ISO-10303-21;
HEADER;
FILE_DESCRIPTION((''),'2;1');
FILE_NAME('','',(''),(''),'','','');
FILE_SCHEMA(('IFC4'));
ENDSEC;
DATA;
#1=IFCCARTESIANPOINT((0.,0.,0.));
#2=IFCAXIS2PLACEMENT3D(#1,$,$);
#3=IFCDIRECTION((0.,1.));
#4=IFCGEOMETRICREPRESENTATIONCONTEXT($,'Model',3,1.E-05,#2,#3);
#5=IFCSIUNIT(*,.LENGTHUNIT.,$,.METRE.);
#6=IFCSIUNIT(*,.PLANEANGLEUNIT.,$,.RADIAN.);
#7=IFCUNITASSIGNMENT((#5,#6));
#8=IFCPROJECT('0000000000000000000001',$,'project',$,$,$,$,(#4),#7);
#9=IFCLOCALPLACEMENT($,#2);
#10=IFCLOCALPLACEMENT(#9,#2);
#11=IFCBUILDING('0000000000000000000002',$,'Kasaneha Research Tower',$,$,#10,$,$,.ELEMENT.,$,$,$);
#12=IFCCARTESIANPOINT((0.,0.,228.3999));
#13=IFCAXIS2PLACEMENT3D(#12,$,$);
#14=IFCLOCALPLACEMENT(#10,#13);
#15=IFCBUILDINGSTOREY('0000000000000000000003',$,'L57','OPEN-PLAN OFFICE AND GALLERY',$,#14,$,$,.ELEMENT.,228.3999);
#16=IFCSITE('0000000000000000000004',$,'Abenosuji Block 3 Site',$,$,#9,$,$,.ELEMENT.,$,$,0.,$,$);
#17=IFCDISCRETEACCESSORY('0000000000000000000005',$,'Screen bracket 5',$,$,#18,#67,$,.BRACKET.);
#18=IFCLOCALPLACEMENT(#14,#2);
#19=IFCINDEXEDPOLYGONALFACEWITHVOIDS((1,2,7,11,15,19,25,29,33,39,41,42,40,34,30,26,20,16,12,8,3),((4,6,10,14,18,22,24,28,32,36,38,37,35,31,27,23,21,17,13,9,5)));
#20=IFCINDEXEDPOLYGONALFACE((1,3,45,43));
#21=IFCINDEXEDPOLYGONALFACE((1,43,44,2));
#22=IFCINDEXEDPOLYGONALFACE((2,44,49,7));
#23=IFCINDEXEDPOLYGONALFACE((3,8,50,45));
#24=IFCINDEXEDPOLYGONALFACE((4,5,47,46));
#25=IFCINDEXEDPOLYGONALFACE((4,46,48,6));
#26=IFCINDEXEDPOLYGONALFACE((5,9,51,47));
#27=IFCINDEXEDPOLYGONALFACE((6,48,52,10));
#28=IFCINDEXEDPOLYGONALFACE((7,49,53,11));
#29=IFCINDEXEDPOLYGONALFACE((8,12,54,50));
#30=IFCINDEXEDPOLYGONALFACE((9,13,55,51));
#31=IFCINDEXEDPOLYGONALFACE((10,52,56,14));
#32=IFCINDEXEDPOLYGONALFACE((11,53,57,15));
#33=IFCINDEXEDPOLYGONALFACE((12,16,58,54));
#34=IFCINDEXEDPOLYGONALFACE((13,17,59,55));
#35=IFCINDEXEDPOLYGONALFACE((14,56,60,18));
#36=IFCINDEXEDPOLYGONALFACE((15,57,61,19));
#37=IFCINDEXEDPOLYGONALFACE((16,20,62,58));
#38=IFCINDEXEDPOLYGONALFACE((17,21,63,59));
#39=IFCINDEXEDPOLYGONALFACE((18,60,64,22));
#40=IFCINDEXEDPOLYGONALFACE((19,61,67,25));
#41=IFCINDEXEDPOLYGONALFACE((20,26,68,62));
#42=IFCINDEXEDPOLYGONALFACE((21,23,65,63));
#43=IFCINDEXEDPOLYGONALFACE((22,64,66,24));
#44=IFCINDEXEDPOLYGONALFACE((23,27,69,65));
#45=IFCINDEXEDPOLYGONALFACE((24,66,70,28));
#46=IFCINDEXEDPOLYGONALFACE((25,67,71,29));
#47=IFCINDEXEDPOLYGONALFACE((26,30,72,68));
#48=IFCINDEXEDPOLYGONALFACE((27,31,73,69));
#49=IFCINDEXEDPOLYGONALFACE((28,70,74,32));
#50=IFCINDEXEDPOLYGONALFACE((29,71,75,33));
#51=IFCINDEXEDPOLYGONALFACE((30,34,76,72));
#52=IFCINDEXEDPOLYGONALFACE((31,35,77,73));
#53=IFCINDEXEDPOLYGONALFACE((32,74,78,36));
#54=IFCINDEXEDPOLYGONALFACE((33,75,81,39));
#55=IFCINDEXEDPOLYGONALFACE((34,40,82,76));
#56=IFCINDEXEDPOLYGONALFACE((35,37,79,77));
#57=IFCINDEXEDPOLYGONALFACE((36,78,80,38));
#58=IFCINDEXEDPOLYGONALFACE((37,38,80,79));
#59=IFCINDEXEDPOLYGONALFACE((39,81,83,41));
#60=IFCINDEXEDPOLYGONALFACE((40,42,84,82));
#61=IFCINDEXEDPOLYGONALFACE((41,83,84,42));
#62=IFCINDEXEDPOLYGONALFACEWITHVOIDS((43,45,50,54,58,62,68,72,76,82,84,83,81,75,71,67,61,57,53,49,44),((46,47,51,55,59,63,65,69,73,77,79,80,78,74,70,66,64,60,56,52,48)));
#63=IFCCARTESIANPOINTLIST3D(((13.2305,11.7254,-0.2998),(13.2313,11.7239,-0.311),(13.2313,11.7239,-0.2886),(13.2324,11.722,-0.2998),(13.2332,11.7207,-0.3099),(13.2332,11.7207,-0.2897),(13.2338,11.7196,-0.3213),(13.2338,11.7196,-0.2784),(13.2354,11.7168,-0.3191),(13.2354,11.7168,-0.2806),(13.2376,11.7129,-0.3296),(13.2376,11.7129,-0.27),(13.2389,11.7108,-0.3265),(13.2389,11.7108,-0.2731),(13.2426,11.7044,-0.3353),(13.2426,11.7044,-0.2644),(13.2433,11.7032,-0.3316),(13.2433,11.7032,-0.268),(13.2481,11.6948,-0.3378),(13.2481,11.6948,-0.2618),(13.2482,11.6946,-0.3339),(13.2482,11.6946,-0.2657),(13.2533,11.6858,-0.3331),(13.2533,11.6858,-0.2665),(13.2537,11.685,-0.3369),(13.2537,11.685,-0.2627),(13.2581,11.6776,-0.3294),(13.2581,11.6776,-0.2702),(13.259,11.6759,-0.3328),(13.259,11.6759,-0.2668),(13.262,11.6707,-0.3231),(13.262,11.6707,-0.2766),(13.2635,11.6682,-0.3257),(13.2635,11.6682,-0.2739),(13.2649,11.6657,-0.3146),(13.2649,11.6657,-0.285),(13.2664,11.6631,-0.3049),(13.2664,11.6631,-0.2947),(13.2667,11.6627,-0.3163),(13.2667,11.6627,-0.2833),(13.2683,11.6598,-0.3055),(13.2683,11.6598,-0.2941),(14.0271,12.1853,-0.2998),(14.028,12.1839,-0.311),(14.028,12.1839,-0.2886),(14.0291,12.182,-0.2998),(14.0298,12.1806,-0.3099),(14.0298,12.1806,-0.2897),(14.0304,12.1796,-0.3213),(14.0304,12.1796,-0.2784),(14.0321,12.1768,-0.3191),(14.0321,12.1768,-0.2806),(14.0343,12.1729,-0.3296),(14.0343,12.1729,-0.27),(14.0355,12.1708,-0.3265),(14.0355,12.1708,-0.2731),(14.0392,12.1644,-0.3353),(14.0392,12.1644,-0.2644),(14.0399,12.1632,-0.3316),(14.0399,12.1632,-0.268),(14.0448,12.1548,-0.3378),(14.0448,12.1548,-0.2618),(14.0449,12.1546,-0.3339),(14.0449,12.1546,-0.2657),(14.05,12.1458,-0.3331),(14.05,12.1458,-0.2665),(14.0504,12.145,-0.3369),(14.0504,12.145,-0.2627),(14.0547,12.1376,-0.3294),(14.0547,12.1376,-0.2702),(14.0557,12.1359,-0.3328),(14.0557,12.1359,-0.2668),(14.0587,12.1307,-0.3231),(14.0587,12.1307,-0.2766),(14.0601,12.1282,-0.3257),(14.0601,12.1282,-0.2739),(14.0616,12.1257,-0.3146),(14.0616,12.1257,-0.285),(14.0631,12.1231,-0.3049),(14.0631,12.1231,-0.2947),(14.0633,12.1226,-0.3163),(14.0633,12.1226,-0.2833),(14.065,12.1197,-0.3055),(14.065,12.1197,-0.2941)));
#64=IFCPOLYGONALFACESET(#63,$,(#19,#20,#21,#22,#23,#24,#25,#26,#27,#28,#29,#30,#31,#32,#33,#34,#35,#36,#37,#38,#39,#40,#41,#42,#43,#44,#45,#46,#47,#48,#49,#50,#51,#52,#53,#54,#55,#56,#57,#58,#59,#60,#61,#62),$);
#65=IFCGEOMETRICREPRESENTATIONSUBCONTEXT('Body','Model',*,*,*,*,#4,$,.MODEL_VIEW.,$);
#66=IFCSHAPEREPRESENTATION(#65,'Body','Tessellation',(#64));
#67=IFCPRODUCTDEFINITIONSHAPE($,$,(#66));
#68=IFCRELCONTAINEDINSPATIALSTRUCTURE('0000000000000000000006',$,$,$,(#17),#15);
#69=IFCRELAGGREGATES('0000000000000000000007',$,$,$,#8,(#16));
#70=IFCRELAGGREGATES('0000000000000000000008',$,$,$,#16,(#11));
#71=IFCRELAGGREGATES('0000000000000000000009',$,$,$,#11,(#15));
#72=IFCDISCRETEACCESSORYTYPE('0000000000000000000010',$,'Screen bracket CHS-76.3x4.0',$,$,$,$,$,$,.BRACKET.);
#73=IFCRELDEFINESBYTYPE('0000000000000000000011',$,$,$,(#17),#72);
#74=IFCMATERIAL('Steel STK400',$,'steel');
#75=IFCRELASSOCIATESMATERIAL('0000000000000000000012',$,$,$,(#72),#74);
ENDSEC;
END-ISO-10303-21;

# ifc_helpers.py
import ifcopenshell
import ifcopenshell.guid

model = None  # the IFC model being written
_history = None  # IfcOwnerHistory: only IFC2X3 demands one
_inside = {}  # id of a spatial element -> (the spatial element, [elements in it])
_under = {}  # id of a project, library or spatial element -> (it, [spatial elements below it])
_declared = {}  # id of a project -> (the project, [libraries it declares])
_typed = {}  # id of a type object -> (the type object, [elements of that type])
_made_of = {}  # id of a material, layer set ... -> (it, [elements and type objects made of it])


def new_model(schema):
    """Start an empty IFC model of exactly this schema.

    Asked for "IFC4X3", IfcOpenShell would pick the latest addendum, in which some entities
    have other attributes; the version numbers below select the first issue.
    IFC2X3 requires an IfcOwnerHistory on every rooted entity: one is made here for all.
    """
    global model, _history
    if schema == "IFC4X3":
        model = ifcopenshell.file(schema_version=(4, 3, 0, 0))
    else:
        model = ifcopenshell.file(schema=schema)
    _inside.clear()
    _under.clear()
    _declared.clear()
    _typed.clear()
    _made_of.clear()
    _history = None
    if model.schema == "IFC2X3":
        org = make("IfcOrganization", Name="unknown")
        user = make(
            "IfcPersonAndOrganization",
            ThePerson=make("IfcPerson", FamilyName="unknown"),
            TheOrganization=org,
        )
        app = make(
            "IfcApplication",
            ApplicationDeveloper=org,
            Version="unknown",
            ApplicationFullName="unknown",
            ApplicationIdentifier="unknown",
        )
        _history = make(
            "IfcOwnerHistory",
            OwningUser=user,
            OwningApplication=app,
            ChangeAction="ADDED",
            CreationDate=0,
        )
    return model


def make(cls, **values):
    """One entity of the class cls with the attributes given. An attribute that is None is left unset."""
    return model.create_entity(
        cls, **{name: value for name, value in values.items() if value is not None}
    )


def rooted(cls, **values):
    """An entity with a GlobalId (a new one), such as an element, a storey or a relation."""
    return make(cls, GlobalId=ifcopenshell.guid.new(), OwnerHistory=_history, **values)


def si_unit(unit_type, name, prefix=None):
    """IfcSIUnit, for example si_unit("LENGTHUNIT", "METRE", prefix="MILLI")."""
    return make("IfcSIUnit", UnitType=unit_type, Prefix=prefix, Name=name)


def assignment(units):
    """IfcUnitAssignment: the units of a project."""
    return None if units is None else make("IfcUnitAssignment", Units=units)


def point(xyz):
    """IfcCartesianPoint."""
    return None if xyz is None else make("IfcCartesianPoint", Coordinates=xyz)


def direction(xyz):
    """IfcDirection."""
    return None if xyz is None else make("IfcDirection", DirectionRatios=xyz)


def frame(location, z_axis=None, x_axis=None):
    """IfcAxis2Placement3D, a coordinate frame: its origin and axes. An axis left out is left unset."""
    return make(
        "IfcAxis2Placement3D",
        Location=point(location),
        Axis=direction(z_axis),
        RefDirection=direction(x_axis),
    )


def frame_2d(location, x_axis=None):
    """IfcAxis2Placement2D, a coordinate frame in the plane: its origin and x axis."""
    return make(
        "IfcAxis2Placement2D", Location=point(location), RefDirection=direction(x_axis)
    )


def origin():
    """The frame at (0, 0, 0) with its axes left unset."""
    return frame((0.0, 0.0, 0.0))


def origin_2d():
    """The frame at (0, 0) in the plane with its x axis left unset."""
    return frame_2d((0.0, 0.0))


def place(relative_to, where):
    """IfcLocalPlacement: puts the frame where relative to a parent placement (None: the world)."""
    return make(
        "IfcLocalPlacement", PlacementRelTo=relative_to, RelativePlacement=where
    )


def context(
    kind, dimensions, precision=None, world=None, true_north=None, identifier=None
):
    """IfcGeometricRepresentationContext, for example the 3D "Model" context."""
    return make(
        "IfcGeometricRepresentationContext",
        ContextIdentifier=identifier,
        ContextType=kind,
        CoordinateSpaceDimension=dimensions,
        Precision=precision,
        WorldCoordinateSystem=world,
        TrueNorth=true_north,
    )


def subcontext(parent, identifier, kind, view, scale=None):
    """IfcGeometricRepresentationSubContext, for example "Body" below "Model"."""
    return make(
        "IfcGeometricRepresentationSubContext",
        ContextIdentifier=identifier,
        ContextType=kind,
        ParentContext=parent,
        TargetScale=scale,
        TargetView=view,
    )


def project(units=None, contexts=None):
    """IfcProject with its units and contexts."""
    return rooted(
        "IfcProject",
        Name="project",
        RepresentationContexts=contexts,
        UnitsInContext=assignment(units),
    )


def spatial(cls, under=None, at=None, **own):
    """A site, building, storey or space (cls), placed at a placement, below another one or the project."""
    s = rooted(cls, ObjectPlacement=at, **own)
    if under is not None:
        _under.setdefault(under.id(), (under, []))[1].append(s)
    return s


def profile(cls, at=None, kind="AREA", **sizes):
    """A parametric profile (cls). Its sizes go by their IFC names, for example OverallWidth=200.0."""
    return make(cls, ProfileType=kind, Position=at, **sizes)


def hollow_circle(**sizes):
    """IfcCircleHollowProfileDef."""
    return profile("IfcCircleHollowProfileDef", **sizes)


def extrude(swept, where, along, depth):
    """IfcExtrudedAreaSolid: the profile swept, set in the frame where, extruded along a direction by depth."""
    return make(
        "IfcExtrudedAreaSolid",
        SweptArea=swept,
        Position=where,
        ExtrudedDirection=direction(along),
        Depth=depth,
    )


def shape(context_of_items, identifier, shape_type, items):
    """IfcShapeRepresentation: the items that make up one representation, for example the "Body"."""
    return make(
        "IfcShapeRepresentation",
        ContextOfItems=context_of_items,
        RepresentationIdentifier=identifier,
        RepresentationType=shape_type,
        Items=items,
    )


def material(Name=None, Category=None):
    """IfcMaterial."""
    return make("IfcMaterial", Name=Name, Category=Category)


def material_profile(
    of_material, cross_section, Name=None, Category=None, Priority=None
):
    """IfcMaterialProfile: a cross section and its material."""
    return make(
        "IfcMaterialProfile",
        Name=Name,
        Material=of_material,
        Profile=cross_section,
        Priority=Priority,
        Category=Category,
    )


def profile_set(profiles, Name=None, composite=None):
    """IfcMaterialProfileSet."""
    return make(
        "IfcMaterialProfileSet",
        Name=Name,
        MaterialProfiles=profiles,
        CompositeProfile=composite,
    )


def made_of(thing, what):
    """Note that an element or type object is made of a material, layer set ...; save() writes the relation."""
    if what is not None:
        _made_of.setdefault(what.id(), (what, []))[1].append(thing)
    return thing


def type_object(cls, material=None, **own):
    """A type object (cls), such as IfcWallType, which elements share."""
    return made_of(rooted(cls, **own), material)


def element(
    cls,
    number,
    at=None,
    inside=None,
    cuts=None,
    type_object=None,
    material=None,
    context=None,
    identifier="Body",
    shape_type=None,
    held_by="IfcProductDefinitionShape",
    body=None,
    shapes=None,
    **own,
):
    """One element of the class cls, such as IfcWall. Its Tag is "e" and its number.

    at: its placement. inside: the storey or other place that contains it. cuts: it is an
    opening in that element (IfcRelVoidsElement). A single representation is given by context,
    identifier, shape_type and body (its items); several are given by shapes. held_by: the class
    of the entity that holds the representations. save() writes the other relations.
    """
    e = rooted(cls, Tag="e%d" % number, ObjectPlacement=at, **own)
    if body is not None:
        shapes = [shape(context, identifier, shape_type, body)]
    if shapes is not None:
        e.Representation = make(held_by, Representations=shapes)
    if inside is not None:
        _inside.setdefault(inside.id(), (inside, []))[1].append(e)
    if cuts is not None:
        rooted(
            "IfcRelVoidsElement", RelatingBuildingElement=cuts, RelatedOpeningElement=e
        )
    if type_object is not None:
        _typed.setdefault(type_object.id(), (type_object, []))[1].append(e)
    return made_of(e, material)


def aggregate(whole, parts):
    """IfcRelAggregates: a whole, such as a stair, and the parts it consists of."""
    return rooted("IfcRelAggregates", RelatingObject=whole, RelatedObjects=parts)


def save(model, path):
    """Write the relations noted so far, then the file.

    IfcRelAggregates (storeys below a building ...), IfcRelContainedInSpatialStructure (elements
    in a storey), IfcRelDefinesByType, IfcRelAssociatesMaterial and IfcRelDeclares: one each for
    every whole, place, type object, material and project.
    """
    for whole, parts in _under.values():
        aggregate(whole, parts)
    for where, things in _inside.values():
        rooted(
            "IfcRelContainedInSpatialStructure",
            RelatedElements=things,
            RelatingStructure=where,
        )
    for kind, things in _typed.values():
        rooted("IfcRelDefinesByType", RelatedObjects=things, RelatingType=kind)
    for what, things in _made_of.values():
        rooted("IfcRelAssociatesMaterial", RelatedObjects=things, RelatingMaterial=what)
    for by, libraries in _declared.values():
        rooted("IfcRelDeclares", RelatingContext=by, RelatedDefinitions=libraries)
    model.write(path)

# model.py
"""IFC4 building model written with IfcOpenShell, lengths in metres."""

from ifc_helpers import new_model, si_unit, direction, frame, origin, origin_2d, place, context, subcontext, project, spatial, hollow_circle, extrude, material, material_profile, profile_set, type_object, element, save


model = new_model("IFC4")

# Units and contexts
model_context = context("Model", 3, precision=1e-05, world=origin(), true_north=direction((0.0, 1.0)))
body_context = subcontext(model_context, "Body", "Model", "MODEL_VIEW")
ifc_project = project(units=[si_unit("LENGTHUNIT", "METRE"), si_unit("PLANEANGLEUNIT", "RADIAN")], contexts=[model_context])

# Site, building, storey
site_placement = place(None, origin())
site = spatial("IfcSite", under=ifc_project, at=site_placement, Name="Abenosuji Block 3 Site", CompositionType="ELEMENT", RefElevation=0.0)
building_placement = place(site_placement, origin())
building = spatial("IfcBuilding", under=site, at=building_placement, Name="Kasaneha Research Tower", CompositionType="ELEMENT")
storey_placement = place(building_placement, frame((0.0, 0.0, 228.3999)))
storey = spatial("IfcBuildingStorey", under=building, at=storey_placement, Name="L57", Description="OPEN-PLAN OFFICE AND GALLERY", CompositionType="ELEMENT", Elevation=228.3999)

# Discrete accessory
ifc_material_1 = material(Name="Steel STK400", Category="steel")
ifc_material_profile_1 = material_profile(ifc_material_1, hollow_circle(Radius=0.0381, WallThickness=0.0039, at=origin_2d()), Name="CHS-76.3x4.0")
ifc_profile_set_1 = profile_set([ifc_material_profile_1], Name="Steel STK400")
discrete_accessory_type = type_object("IfcDiscreteAccessoryType", Name="Screen bracket CHS-76.3x4.0", PredefinedType="BRACKET", material=ifc_profile_set_1)
for number, where, z_axis, x_axis, name in (
    (1, (13.2495, 11.6924, -0.2998), (0.866013, 0.500021, 0.0), (-0.500021, 0.866013, 0.0), "Screen bracket 5"),
):
    element("IfcDiscreteAccessory", number, at=place(storey_placement, frame(where, z_axis=z_axis, x_axis=x_axis)), inside=storey, type_object=discrete_accessory_type, Name=name, PredefinedType="BRACKET", context=body_context, shape_type="SweptSolid", body=[
        extrude(hollow_circle(Radius=0.0381, WallThickness=0.0039, at=origin_2d()), origin(), (0.0, 0.0, 1.0), 0.9199),
    ])

save(model, "model.ifc")
